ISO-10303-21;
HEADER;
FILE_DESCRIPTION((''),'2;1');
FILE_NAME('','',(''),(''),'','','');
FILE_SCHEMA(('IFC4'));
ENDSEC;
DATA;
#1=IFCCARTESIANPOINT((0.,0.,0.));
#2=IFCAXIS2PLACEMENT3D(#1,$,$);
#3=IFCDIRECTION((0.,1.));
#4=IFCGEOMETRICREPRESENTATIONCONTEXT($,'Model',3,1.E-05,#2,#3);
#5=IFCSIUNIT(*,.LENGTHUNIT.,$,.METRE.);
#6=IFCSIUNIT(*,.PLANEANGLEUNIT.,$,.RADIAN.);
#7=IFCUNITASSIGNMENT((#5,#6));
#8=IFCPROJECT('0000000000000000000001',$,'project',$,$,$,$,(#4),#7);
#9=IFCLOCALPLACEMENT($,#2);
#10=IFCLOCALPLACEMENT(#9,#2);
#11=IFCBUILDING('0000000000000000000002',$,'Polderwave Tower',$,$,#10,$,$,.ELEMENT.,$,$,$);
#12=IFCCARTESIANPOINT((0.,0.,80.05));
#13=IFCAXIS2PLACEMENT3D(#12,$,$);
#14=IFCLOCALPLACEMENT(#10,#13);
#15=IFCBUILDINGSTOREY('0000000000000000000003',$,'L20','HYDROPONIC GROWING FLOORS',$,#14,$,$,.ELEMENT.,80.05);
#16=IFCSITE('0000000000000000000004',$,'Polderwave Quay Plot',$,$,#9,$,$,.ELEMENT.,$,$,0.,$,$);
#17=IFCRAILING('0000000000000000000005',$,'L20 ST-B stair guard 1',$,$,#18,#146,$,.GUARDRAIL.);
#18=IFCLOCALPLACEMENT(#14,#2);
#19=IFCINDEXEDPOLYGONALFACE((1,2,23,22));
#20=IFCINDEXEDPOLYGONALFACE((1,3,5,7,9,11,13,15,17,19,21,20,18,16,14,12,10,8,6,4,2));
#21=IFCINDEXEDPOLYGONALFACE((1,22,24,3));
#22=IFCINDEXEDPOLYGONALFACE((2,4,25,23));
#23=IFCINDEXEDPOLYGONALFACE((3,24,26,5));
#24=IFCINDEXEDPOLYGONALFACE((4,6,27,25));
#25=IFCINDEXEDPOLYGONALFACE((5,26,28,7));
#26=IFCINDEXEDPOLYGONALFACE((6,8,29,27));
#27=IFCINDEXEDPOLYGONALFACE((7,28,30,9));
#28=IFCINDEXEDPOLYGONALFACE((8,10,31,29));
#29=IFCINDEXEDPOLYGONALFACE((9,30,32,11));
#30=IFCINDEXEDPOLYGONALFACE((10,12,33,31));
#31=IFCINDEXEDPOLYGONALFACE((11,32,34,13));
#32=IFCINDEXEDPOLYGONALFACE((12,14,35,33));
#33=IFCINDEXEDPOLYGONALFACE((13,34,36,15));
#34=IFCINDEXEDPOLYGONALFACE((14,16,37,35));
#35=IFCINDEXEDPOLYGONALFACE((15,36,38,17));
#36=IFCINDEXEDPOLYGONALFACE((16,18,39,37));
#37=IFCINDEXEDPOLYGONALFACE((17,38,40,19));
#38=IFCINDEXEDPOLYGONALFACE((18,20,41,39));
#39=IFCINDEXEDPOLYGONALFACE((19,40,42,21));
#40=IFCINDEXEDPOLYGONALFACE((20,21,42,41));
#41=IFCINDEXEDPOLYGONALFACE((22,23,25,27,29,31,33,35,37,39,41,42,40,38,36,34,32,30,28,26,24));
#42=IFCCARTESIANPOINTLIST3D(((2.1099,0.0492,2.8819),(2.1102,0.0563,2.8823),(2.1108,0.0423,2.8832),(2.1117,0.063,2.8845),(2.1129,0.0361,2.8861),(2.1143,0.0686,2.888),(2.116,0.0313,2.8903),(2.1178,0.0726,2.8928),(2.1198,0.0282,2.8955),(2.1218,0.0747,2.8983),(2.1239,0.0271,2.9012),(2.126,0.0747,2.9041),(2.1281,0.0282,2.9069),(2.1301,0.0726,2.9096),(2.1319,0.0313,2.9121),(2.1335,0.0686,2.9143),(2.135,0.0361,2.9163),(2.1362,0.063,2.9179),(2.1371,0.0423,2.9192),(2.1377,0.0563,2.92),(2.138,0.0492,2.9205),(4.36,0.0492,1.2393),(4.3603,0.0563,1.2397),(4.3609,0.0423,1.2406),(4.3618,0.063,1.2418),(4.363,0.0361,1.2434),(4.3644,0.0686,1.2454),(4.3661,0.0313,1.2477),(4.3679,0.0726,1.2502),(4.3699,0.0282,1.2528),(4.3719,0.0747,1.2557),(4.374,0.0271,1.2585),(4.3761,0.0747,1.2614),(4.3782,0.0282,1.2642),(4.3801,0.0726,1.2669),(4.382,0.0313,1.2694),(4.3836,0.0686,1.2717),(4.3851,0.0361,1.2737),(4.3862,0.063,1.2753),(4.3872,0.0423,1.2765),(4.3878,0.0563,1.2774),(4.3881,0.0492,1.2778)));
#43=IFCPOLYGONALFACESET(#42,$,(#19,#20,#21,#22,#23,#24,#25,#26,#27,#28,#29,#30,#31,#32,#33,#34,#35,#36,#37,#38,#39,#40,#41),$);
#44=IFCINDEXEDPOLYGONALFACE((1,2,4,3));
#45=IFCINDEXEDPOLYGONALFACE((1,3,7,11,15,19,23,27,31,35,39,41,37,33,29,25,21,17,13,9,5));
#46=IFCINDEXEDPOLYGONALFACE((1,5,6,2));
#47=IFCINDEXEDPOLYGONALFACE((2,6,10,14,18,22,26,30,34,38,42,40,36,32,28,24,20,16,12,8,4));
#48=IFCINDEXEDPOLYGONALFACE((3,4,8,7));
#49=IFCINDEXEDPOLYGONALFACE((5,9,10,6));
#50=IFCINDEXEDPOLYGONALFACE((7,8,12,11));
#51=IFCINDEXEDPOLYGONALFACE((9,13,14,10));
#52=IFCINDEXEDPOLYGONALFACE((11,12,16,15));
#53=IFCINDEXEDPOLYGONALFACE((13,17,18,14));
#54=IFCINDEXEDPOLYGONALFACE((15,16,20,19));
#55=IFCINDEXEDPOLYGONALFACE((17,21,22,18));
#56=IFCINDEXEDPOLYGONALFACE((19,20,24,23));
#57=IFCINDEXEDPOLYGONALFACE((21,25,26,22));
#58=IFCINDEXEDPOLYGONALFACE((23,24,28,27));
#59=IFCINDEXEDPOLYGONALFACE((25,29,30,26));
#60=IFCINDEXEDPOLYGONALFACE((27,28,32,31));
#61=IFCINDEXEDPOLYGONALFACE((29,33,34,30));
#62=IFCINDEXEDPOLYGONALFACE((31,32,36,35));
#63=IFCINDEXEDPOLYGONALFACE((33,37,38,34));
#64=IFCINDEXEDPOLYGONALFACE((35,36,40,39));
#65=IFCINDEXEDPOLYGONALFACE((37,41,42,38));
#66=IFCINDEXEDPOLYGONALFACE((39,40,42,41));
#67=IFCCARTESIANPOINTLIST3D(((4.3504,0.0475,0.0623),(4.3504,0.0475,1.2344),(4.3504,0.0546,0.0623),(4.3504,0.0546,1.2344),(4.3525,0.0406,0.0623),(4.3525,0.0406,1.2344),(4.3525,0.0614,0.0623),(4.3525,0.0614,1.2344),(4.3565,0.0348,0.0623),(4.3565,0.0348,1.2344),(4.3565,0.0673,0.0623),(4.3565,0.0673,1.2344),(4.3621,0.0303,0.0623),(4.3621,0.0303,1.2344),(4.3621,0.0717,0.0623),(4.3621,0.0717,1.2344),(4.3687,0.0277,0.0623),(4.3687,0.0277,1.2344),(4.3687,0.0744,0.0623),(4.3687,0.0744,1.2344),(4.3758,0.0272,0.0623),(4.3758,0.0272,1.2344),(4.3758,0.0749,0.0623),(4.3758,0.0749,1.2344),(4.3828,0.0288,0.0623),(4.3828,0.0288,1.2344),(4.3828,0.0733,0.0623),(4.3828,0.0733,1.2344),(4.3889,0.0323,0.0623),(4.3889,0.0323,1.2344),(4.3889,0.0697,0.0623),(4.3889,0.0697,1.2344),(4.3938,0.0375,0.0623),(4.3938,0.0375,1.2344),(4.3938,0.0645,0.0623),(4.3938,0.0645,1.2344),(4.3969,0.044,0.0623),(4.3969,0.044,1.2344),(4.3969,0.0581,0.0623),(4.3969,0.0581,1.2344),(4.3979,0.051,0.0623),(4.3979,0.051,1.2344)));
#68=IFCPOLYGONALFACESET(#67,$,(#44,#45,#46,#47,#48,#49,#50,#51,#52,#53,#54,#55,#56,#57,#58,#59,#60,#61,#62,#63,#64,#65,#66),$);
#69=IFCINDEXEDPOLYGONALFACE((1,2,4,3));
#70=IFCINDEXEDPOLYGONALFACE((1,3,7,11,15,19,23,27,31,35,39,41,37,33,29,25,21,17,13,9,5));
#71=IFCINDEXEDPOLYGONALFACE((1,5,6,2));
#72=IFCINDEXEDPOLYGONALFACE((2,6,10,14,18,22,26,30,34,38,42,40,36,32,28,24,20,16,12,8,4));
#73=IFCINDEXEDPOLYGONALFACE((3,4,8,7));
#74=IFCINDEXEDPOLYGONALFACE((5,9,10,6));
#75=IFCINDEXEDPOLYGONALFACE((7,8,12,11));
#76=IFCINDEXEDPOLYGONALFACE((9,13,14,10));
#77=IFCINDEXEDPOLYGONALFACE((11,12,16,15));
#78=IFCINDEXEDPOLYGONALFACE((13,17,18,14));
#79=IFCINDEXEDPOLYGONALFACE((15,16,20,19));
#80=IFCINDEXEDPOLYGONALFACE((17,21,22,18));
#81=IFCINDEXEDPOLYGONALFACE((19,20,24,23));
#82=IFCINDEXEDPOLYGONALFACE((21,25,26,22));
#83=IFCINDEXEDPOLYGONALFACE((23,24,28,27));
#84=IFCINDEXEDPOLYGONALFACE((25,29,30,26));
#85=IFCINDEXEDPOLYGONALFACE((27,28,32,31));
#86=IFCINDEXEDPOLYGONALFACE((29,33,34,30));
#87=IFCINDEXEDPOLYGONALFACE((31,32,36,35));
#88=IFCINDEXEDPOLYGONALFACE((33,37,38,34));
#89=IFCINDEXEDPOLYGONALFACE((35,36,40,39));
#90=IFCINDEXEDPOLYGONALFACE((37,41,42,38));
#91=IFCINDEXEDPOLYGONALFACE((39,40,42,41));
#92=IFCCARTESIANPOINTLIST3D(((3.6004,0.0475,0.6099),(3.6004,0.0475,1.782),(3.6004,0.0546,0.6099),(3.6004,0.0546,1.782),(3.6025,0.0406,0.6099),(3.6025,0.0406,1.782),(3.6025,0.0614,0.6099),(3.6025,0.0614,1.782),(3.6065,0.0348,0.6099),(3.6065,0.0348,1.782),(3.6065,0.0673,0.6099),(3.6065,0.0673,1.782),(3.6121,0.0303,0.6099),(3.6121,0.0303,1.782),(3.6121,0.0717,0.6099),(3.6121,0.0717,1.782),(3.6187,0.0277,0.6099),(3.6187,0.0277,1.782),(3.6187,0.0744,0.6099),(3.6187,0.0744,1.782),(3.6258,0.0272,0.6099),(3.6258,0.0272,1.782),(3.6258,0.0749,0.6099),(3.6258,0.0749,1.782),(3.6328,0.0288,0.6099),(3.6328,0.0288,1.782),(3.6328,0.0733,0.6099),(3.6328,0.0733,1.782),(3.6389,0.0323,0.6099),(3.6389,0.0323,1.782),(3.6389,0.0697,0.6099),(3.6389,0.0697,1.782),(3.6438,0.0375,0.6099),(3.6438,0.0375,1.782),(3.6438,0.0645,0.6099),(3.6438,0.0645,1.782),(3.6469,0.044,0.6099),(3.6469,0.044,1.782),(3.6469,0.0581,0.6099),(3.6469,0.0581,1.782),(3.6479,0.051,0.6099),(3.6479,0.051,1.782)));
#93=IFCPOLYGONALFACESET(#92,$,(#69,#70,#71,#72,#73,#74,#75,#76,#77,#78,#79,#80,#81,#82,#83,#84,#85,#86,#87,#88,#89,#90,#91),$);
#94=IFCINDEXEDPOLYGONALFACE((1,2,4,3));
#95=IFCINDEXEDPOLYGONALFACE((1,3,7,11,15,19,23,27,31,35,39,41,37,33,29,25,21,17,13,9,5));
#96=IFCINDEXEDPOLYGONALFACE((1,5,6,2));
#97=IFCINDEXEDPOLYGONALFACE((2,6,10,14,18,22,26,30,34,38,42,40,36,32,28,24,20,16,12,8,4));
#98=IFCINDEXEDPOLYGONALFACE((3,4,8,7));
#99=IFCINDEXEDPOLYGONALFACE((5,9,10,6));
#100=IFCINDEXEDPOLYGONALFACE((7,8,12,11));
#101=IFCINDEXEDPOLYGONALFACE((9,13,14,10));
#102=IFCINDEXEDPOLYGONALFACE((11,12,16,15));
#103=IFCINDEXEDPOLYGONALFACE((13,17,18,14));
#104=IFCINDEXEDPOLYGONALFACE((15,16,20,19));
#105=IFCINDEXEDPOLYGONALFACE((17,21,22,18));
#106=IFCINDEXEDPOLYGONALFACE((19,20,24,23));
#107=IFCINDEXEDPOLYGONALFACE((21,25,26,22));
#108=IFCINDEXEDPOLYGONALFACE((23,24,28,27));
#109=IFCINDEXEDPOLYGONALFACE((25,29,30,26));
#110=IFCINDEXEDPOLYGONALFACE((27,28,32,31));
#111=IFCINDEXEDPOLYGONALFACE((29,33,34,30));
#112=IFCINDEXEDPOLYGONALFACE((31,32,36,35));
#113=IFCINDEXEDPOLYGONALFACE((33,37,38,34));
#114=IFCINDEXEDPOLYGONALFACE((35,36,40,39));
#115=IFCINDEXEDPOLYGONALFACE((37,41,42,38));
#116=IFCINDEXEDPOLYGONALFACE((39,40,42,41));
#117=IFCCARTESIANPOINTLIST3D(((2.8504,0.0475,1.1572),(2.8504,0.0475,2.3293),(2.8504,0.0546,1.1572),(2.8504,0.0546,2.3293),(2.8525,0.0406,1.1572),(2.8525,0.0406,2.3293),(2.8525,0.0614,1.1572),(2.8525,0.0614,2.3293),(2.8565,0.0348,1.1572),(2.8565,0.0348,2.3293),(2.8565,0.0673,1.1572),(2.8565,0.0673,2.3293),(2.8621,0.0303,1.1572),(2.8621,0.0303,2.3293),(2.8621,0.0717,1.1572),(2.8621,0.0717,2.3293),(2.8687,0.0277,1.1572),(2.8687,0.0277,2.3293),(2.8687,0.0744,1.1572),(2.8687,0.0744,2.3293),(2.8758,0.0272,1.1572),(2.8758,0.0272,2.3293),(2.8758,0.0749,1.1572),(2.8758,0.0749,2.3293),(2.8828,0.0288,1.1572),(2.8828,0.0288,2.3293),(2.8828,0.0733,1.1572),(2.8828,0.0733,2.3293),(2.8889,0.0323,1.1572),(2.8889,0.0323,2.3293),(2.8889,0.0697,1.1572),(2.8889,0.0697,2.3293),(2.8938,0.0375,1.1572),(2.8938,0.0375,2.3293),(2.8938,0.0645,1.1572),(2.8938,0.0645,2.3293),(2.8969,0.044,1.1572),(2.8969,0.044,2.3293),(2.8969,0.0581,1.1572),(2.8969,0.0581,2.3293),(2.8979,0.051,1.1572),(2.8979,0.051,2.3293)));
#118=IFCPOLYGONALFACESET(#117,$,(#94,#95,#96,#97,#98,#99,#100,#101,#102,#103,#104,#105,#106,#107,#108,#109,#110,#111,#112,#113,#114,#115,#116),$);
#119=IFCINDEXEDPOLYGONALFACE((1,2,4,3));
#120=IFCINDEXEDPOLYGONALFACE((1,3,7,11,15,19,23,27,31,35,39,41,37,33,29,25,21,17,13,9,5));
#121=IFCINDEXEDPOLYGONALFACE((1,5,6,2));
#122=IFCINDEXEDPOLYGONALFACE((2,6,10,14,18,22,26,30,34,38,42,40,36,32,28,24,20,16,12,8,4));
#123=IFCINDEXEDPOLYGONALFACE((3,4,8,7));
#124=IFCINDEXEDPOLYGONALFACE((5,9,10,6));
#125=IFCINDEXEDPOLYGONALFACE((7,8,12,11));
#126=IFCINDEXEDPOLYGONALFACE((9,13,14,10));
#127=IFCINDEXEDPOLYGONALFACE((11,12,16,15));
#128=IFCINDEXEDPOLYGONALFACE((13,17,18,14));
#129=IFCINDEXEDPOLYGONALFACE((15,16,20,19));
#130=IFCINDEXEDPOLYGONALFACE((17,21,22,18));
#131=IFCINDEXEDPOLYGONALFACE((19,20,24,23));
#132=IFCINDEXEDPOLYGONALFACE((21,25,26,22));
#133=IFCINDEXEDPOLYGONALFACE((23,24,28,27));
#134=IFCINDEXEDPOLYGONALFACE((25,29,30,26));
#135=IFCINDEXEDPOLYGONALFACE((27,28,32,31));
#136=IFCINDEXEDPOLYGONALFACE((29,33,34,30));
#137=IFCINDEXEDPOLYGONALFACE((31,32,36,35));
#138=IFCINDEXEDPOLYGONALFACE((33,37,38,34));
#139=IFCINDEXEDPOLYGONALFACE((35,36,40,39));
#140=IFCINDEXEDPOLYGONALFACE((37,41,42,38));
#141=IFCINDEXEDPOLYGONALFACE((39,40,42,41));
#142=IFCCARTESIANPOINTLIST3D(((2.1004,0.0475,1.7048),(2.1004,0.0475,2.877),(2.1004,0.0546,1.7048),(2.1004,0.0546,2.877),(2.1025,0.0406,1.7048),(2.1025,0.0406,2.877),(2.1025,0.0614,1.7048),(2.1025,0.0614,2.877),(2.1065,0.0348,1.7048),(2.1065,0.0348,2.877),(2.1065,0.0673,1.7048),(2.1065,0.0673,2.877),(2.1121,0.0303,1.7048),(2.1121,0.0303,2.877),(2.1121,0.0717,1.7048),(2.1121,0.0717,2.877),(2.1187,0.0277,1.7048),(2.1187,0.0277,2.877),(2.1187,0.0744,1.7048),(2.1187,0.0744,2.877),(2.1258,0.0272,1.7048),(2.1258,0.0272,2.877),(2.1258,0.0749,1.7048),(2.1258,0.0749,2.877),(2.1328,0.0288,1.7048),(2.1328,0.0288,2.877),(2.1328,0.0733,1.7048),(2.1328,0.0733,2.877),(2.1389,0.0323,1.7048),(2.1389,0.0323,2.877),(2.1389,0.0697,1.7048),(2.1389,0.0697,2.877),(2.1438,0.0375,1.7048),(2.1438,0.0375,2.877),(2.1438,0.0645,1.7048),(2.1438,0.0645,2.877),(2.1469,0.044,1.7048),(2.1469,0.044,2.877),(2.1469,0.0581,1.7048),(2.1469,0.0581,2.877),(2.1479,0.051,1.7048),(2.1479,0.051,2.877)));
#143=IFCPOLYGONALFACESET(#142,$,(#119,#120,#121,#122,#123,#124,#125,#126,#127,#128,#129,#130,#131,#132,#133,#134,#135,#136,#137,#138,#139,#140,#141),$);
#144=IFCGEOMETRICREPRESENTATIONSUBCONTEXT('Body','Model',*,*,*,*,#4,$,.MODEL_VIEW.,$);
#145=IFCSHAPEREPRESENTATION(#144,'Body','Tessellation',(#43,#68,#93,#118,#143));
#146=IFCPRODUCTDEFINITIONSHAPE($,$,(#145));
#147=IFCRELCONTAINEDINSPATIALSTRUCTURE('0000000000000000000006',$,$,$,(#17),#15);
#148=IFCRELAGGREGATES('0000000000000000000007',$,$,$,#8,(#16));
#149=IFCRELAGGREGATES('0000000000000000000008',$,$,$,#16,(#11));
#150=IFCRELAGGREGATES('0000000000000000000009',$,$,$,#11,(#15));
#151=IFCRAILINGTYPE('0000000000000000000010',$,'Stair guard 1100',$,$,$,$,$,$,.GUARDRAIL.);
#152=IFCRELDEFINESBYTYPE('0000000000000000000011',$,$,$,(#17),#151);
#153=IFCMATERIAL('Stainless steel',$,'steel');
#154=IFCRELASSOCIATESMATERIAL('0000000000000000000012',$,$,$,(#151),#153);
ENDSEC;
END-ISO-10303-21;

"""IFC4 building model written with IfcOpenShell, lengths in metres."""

from ifc_helpers import new_model, si_unit, direction, frame, origin, origin_2d, place, context, subcontext, project, spatial, circle, extrude, material, type_object, element, save


model = new_model("IFC4")

# Units and contexts
model_context = context("Model", 3, precision=1e-05, world=origin(), true_north=direction((0.0, 1.0)))
body_context = subcontext(model_context, "Body", "Model", "MODEL_VIEW")
ifc_project = project(units=[si_unit("LENGTHUNIT", "METRE"), si_unit("PLANEANGLEUNIT", "RADIAN")], contexts=[model_context])

# Site, building, storey
site_placement = place(None, origin())
site = spatial("IfcSite", under=ifc_project, at=site_placement, Name="Polderwave Quay Plot", CompositionType="ELEMENT", RefElevation=0.0)
building_placement = place(site_placement, origin())
building = spatial("IfcBuilding", under=site, at=building_placement, Name="Polderwave Tower", CompositionType="ELEMENT")
storey_placement = place(building_placement, frame((0.0, 0.0, 80.05)))
storey = spatial("IfcBuildingStorey", under=building, at=storey_placement, Name="L20", Description="HYDROPONIC GROWING FLOORS", CompositionType="ELEMENT", Elevation=80.05)

# Railing
ifc_material_1 = material(Name="Stainless steel", Category="steel")
railing_type_1 = type_object("IfcRailingType", Name="Stair guard 1100", PredefinedType="GUARDRAIL", material=ifc_material_1)
railing_1_placement = place(storey_placement, frame((4.374, 0.051, 0.0623)))
element("IfcRailing", 1, at=railing_1_placement, inside=storey, type_object=railing_type_1, Name="L20 ST-B stair guard 1", PredefinedType="GUARDRAIL", context=body_context, shape_type="SweptSolid", body=[
    extrude(circle(Radius=0.0239, at=origin_2d()), frame((0.0, 0.0, 1.1963), z_axis=(-0.807674, 0.0, 0.58963), x_axis=(0.0, -1.0, 0.0)), (0.0, 0.0, 1.0), 2.7859),
    extrude(circle(Radius=0.0239, at=origin_2d()), origin(), (0.0, 0.0, 1.0), 1.1721),
    extrude(circle(Radius=0.0239, at=origin_2d()), frame((-0.75, 0.0, 0.5476)), (0.0, 0.0, 1.0), 1.1721),
    extrude(circle(Radius=0.0239, at=origin_2d()), frame((-1.5, 0.0, 1.095)), (0.0, 0.0, 1.0), 1.1721),
    extrude(circle(Radius=0.0239, at=origin_2d()), frame((-2.25, 0.0, 1.6426)), (0.0, 0.0, 1.0), 1.1721),
])

save(model, "model.ifc")
